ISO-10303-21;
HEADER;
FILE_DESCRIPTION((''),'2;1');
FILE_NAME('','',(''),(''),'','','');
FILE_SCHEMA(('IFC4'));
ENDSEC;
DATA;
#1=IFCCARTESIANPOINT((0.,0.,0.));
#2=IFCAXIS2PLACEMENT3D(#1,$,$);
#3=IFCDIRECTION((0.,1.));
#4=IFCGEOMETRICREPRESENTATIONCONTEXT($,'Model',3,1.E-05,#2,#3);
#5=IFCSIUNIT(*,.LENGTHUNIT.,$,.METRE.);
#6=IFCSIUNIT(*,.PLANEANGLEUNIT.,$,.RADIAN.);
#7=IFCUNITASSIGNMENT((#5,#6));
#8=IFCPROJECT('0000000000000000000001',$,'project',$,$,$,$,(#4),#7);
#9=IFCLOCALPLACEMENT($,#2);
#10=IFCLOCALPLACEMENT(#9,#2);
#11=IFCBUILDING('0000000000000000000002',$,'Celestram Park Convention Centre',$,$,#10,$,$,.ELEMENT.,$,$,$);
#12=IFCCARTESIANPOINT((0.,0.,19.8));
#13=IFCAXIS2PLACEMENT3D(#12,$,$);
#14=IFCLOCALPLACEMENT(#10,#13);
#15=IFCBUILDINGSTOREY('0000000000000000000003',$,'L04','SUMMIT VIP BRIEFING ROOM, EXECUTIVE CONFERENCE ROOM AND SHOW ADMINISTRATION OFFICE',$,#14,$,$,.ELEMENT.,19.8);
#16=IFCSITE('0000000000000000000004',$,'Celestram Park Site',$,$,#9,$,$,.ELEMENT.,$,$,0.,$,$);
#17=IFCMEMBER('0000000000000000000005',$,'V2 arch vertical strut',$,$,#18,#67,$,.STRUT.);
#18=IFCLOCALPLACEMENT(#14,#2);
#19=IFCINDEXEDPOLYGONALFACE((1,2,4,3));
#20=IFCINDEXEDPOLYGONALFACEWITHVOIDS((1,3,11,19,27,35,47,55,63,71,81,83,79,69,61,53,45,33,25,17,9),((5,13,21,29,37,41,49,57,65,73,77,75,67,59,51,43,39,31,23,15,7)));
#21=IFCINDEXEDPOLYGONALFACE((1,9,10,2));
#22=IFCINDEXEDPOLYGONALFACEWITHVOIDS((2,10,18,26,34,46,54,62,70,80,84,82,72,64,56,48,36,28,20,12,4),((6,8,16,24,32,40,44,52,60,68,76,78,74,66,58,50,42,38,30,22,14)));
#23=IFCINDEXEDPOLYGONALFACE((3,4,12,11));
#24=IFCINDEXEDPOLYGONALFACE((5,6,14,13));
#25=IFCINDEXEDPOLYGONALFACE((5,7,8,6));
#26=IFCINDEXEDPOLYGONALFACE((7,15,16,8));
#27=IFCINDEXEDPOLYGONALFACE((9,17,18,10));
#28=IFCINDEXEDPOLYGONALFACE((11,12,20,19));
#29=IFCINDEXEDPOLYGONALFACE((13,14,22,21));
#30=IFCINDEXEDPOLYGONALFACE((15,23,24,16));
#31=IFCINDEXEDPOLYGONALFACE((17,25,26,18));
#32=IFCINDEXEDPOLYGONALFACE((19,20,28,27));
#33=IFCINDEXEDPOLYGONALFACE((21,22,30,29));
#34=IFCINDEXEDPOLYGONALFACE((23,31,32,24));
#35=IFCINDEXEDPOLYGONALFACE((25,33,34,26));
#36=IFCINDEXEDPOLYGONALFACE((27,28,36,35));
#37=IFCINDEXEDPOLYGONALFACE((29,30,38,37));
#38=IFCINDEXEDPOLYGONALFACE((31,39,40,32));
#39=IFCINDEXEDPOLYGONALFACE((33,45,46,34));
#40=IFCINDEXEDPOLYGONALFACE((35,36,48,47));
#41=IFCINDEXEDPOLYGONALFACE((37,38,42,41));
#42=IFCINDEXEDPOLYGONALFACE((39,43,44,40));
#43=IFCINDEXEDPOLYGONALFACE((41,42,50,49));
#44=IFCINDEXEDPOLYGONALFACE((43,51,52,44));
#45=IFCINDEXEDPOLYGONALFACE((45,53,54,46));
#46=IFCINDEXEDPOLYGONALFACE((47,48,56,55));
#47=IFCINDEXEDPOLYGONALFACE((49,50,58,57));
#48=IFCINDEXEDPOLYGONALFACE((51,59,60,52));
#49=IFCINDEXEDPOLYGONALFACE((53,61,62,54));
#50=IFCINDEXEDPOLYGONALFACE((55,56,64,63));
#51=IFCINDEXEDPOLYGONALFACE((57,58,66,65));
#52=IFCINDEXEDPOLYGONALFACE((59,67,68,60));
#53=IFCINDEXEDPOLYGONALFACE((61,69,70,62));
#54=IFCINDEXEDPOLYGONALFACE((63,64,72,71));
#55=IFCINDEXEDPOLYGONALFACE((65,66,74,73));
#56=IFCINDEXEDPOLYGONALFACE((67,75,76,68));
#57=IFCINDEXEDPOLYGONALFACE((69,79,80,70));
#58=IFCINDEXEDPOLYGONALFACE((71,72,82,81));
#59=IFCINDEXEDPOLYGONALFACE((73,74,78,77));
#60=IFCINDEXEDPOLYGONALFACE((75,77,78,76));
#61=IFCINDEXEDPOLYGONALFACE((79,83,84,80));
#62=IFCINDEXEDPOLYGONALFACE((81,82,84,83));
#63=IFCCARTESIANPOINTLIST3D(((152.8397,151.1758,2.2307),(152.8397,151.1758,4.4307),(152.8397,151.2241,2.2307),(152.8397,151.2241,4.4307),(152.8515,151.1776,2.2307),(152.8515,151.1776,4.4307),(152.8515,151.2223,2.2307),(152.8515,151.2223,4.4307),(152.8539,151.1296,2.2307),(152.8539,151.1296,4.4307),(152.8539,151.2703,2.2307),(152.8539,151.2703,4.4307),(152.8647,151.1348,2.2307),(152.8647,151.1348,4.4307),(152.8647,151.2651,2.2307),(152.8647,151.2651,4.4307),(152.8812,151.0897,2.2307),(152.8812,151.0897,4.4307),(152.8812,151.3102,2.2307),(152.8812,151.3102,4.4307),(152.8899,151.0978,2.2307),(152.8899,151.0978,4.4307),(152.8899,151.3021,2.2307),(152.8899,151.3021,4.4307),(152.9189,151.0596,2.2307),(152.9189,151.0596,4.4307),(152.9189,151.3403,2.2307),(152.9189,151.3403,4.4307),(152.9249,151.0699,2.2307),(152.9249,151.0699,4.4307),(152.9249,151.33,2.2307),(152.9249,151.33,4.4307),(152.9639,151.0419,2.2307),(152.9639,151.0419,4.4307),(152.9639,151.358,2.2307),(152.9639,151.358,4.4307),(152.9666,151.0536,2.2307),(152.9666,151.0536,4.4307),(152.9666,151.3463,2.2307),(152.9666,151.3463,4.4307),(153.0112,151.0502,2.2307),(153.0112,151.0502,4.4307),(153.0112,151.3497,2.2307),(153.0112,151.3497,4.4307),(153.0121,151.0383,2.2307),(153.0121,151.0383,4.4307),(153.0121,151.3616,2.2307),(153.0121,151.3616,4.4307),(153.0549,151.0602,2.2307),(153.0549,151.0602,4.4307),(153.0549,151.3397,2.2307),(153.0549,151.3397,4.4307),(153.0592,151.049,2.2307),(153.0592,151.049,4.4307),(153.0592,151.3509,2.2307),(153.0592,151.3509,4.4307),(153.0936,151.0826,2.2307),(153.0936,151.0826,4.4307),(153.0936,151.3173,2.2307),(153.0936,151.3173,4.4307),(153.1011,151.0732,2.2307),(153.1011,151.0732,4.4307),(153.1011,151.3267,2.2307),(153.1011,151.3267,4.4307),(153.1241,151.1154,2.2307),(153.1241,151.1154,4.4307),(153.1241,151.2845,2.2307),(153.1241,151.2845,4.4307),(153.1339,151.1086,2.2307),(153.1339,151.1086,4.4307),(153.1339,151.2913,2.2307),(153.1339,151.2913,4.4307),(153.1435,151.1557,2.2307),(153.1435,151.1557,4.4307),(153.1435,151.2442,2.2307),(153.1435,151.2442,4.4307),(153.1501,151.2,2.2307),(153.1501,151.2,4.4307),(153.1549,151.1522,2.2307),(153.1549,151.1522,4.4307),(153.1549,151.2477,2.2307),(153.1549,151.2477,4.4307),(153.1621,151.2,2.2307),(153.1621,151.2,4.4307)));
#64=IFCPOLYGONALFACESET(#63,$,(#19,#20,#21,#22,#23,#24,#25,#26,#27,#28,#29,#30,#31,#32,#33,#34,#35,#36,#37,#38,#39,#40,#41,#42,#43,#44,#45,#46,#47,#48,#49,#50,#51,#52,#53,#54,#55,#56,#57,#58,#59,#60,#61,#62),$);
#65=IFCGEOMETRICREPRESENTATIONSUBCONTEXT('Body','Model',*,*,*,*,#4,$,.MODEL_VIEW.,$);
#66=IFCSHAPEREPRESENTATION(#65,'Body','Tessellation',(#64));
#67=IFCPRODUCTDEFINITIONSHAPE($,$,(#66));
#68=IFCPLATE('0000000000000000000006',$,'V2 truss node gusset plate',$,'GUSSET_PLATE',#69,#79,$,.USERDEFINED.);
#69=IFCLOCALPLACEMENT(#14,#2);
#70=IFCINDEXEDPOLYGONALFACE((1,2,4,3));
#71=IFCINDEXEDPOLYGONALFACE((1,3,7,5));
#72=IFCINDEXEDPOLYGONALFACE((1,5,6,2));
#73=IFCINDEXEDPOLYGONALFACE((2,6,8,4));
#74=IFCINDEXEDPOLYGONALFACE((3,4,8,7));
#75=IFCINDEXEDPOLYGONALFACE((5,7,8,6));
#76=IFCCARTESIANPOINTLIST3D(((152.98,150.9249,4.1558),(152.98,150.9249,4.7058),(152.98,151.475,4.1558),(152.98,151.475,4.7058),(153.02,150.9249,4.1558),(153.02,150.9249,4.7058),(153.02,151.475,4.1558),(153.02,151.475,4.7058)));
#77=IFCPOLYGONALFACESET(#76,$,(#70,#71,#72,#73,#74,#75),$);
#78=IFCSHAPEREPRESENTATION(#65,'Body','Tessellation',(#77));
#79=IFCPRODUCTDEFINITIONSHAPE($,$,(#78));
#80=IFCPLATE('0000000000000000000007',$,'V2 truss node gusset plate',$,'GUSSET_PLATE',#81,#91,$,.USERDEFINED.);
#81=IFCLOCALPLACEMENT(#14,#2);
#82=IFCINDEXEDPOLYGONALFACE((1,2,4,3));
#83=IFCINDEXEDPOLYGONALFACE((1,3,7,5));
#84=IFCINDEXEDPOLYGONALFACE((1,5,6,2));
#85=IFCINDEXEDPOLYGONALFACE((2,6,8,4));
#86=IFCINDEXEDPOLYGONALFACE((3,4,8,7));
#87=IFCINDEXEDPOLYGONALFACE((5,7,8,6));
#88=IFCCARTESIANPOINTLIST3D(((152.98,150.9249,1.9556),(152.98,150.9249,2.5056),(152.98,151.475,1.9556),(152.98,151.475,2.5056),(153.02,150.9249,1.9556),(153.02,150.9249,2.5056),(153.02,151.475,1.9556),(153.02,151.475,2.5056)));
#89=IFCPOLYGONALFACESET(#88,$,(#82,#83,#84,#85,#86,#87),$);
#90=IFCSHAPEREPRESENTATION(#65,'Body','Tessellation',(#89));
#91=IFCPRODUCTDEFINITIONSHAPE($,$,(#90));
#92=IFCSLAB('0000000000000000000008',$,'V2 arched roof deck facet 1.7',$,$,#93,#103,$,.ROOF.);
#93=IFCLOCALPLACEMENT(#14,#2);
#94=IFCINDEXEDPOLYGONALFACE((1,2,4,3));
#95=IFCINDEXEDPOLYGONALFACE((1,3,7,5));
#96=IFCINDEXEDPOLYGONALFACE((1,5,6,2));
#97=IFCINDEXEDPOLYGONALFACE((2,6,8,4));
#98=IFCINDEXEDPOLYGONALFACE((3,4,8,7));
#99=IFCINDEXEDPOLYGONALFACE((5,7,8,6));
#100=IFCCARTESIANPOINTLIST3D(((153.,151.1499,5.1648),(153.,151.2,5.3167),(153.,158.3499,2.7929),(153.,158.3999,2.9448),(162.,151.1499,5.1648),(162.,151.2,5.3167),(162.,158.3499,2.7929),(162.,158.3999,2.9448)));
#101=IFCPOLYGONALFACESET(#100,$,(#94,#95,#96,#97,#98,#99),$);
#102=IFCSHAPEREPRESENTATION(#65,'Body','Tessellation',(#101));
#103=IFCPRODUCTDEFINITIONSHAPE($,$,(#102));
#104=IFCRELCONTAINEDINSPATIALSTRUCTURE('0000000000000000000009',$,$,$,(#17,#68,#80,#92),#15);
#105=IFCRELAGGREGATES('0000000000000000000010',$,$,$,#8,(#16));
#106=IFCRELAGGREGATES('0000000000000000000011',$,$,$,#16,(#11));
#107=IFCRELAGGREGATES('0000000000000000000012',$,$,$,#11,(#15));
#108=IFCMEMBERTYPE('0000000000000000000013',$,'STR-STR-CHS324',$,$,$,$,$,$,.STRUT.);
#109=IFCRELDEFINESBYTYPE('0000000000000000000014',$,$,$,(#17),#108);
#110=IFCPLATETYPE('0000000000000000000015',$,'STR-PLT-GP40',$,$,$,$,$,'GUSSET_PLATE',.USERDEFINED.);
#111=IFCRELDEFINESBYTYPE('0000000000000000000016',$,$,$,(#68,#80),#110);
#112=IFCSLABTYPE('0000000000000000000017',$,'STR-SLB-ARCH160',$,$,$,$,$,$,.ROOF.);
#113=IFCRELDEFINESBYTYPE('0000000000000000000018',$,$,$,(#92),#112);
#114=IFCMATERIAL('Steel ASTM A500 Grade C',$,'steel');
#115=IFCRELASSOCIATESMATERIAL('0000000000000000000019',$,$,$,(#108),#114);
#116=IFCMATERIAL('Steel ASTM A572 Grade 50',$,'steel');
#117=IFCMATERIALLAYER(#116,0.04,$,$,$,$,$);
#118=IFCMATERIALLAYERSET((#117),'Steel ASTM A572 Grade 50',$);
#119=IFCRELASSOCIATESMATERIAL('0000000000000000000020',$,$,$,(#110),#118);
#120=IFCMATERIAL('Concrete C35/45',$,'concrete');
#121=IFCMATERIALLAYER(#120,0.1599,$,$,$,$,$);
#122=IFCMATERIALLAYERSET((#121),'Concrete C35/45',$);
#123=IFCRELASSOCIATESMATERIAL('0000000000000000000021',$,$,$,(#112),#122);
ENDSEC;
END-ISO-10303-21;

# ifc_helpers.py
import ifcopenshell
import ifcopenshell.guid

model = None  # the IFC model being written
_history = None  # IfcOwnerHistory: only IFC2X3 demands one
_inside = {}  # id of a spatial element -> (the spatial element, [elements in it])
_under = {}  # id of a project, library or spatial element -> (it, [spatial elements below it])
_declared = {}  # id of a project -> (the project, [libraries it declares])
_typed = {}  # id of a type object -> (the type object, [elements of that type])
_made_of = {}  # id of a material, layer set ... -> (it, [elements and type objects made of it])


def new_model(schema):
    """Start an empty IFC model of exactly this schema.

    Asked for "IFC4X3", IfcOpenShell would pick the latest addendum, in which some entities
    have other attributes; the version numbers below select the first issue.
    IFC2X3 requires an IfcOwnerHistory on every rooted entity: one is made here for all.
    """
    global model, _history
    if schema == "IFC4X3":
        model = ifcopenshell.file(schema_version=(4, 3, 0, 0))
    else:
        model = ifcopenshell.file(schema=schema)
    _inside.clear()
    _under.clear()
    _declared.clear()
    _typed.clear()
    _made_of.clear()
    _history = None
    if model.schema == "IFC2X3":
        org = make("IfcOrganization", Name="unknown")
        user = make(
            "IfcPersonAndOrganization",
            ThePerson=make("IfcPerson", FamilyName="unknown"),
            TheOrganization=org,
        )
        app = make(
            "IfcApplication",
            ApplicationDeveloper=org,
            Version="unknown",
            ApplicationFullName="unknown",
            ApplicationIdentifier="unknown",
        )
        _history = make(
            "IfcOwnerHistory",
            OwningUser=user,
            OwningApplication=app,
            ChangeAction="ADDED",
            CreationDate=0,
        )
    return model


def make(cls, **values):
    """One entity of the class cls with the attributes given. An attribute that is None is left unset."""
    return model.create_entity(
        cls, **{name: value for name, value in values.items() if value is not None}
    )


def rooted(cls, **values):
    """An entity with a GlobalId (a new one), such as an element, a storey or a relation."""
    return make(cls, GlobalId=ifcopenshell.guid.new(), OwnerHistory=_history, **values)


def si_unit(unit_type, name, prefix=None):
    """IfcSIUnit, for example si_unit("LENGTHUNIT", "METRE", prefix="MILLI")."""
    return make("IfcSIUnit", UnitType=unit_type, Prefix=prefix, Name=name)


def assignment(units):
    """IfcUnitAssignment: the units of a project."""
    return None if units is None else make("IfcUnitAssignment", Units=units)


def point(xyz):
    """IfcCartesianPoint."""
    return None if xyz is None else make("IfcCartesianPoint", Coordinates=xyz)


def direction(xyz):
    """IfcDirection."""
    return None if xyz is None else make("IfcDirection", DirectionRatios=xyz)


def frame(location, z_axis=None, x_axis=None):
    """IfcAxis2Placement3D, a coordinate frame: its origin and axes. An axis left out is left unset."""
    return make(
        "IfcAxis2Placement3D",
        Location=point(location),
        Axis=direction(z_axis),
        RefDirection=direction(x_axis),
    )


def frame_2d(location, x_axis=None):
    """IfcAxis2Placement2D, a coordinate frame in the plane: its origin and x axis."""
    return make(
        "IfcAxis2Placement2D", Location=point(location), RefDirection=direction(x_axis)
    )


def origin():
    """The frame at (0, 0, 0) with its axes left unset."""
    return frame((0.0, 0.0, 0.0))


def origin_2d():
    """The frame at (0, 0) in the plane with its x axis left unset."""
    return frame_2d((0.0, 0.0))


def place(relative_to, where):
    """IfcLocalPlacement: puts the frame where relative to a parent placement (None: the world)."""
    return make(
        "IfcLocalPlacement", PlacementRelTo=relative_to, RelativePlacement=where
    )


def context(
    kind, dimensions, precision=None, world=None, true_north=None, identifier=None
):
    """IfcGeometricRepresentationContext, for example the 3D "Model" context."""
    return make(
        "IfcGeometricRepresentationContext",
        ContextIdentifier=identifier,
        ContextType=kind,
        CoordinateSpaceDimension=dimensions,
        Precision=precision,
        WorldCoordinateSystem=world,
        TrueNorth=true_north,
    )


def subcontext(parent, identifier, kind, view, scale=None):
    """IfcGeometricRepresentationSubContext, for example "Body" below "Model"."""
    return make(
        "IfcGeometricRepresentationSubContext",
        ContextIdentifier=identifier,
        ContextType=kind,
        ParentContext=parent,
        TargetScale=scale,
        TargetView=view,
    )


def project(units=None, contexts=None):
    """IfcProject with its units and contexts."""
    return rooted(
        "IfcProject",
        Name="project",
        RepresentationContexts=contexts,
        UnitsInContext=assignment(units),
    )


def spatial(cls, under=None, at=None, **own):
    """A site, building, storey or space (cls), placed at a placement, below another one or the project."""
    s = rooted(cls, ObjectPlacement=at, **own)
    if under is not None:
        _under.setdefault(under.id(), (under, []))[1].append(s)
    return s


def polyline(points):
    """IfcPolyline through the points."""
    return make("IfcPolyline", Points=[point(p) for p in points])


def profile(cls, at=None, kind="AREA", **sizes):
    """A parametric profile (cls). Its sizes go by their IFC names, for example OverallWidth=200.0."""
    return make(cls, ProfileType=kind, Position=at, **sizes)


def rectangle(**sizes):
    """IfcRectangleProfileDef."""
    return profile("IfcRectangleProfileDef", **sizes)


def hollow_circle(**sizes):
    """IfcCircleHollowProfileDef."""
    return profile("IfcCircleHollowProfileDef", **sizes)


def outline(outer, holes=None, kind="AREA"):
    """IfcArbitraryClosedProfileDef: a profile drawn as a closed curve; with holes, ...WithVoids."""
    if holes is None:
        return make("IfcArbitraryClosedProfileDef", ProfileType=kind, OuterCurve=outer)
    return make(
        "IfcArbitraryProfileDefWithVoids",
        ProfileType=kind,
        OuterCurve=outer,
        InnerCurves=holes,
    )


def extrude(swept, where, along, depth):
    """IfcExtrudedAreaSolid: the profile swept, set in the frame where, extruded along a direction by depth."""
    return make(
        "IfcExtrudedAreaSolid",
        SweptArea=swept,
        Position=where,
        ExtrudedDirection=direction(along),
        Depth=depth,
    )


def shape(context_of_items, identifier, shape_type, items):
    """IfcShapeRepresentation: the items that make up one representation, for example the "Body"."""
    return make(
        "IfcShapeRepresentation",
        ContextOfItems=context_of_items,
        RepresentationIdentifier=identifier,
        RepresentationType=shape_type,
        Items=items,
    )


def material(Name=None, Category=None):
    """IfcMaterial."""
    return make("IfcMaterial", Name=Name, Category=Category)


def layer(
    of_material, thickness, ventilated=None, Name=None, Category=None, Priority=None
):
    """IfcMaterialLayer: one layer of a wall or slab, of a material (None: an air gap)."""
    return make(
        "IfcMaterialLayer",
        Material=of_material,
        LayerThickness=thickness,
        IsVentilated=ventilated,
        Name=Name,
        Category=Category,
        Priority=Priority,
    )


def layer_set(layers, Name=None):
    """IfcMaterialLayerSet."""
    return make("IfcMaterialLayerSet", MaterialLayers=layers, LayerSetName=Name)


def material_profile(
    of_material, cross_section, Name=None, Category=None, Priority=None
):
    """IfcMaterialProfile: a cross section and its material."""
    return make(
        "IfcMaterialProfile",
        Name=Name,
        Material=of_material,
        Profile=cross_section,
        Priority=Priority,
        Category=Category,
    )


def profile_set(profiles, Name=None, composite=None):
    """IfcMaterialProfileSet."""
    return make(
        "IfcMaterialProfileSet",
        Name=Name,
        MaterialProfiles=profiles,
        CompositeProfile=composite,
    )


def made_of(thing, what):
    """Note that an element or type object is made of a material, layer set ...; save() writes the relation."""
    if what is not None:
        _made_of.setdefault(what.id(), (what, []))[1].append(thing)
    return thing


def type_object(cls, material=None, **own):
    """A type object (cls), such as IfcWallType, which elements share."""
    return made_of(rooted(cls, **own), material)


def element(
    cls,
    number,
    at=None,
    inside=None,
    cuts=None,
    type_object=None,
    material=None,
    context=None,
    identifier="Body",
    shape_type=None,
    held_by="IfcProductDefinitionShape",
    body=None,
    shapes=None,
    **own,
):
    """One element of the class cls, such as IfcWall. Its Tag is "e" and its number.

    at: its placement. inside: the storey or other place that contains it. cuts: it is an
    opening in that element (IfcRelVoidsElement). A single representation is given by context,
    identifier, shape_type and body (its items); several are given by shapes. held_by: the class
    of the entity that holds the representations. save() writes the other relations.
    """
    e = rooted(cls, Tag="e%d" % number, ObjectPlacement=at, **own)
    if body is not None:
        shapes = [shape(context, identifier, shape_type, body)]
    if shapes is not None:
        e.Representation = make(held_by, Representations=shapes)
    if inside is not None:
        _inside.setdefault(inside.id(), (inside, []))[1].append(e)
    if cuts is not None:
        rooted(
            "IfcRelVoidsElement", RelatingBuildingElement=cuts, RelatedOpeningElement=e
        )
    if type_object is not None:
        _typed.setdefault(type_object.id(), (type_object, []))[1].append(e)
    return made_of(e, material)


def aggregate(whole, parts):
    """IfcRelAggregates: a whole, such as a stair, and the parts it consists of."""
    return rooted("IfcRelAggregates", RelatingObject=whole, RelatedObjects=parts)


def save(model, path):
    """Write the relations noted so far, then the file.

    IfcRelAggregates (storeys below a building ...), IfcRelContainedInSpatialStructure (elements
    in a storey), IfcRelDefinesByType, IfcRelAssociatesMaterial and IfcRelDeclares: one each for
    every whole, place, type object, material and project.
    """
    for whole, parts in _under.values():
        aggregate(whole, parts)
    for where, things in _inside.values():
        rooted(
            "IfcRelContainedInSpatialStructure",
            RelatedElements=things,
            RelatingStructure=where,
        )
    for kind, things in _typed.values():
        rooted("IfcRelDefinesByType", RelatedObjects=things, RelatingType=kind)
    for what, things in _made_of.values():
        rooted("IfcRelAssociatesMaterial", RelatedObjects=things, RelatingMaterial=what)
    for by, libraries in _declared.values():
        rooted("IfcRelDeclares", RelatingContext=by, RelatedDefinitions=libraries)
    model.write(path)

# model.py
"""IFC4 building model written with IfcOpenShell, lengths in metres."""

from ifc_helpers import new_model, si_unit, direction, frame, origin, origin_2d, place, context, subcontext, project, spatial, polyline, rectangle, hollow_circle, outline, extrude, material, layer, layer_set, material_profile, profile_set, type_object, element, save


model = new_model("IFC4")

# Units and contexts
model_context = context("Model", 3, precision=1e-05, world=origin(), true_north=direction((0.0, 1.0)))
body_context = subcontext(model_context, "Body", "Model", "MODEL_VIEW")
ifc_project = project(units=[si_unit("LENGTHUNIT", "METRE"), si_unit("PLANEANGLEUNIT", "RADIAN")], contexts=[model_context])

# Site, building, storey
site_placement = place(None, origin())
site = spatial("IfcSite", under=ifc_project, at=site_placement, Name="Celestram Park Site", CompositionType="ELEMENT", RefElevation=0.0)
building_placement = place(site_placement, origin())
building = spatial("IfcBuilding", under=site, at=building_placement, Name="Celestram Park Convention Centre", CompositionType="ELEMENT")
storey_placement = place(building_placement, frame((0.0, 0.0, 19.8)))
storey = spatial("IfcBuildingStorey", under=building, at=storey_placement, Name="L04", Description="SUMMIT VIP BRIEFING ROOM, EXECUTIVE CONFERENCE ROOM AND SHOW ADMINISTRATION OFFICE", CompositionType="ELEMENT", Elevation=19.8)

# Shared definitions
ifc_material_1 = material(Name="Steel ASTM A500 Grade C", Category="steel")

# Member
ifc_material_profile_1 = material_profile(ifc_material_1, hollow_circle(Radius=0.1621, WallThickness=0.012, at=origin_2d()), Name="CHS324X12")
ifc_profile_set_1 = profile_set([ifc_material_profile_1], Name="Steel ASTM A500 Grade C")
member_type_1 = type_object("IfcMemberType", Name="STR-STR-CHS324", PredefinedType="STRUT", material=ifc_profile_set_1)
member_1_placement = place(storey_placement, frame((153.0, 151.2, 2.2307), z_axis=(0.0, 0.0, 1.0), x_axis=(1.0, 0.0, 0.0)))
element("IfcMember", 1, at=member_1_placement, inside=storey, type_object=member_type_1, Name="V2 arch vertical strut", PredefinedType="STRUT", context=body_context, shape_type="SweptSolid", body=[
    extrude(hollow_circle(Radius=0.1621, WallThickness=0.012, at=origin_2d()), origin(), (0.0, 0.0, 1.0), 2.2),
])

# Plates
ifc_material_2 = material(Name="Steel ASTM A572 Grade 50", Category="steel")
ifc_layer_1 = layer(ifc_material_2, 0.04)
ifc_layer_set_1 = layer_set([ifc_layer_1], Name="Steel ASTM A572 Grade 50")
plate_type = type_object("IfcPlateType", Name="STR-PLT-GP40", ElementType="GUSSET_PLATE", PredefinedType="USERDEFINED", material=ifc_layer_set_1)
for number, where, z_axis, x_axis, name in (
    (2, (153.0, 151.2, 4.1558), (0.0, 0.0, 1.0), (0.0, 1.0, 0.0), "V2 truss node gusset plate"),
    (3, (153.0, 151.2, 1.9556), (0.0, 0.0, 1.0), (0.0, 1.0, 0.0), "V2 truss node gusset plate"),
):
    element("IfcPlate", number, at=place(storey_placement, frame(where, z_axis=z_axis, x_axis=x_axis)), inside=storey, type_object=plate_type, Name=name, ObjectType="GUSSET_PLATE", PredefinedType="USERDEFINED", context=body_context, shape_type="SweptSolid", body=[
        extrude(rectangle(XDim=0.55, YDim=0.04, at=origin_2d()), origin(), (0.0, 0.0, 1.0), 0.55),
    ])

# Slab
ifc_material_3 = material(Name="Concrete C35/45", Category="concrete")
ifc_layer_2 = layer(ifc_material_3, 0.1599)
ifc_layer_set_2 = layer_set([ifc_layer_2], Name="Concrete C35/45")
slab_type = type_object("IfcSlabType", Name="STR-SLB-ARCH160", PredefinedType="ROOF", material=ifc_layer_set_2)
slab_placement = place(storey_placement, frame((153.0, 151.2, 5.3167), z_axis=(0.0, 0.312883, 0.949792), x_axis=(1.0, 0.0, 0.0)))
element("IfcSlab", 4, at=slab_placement, inside=storey, type_object=slab_type, Name="V2 arched roof deck facet 1.7", PredefinedType="ROOF", context=body_context, shape_type="SweptSolid", body=[
    extrude(outline(polyline([(0.0, 0.0), (9.0, 0.0), (9.0, 7.5806), (0.0, 7.5806), (0.0, 0.0)])), origin(), (0.0, 0.0, -1.0), 0.1599),
])

save(model, "model.ifc")
